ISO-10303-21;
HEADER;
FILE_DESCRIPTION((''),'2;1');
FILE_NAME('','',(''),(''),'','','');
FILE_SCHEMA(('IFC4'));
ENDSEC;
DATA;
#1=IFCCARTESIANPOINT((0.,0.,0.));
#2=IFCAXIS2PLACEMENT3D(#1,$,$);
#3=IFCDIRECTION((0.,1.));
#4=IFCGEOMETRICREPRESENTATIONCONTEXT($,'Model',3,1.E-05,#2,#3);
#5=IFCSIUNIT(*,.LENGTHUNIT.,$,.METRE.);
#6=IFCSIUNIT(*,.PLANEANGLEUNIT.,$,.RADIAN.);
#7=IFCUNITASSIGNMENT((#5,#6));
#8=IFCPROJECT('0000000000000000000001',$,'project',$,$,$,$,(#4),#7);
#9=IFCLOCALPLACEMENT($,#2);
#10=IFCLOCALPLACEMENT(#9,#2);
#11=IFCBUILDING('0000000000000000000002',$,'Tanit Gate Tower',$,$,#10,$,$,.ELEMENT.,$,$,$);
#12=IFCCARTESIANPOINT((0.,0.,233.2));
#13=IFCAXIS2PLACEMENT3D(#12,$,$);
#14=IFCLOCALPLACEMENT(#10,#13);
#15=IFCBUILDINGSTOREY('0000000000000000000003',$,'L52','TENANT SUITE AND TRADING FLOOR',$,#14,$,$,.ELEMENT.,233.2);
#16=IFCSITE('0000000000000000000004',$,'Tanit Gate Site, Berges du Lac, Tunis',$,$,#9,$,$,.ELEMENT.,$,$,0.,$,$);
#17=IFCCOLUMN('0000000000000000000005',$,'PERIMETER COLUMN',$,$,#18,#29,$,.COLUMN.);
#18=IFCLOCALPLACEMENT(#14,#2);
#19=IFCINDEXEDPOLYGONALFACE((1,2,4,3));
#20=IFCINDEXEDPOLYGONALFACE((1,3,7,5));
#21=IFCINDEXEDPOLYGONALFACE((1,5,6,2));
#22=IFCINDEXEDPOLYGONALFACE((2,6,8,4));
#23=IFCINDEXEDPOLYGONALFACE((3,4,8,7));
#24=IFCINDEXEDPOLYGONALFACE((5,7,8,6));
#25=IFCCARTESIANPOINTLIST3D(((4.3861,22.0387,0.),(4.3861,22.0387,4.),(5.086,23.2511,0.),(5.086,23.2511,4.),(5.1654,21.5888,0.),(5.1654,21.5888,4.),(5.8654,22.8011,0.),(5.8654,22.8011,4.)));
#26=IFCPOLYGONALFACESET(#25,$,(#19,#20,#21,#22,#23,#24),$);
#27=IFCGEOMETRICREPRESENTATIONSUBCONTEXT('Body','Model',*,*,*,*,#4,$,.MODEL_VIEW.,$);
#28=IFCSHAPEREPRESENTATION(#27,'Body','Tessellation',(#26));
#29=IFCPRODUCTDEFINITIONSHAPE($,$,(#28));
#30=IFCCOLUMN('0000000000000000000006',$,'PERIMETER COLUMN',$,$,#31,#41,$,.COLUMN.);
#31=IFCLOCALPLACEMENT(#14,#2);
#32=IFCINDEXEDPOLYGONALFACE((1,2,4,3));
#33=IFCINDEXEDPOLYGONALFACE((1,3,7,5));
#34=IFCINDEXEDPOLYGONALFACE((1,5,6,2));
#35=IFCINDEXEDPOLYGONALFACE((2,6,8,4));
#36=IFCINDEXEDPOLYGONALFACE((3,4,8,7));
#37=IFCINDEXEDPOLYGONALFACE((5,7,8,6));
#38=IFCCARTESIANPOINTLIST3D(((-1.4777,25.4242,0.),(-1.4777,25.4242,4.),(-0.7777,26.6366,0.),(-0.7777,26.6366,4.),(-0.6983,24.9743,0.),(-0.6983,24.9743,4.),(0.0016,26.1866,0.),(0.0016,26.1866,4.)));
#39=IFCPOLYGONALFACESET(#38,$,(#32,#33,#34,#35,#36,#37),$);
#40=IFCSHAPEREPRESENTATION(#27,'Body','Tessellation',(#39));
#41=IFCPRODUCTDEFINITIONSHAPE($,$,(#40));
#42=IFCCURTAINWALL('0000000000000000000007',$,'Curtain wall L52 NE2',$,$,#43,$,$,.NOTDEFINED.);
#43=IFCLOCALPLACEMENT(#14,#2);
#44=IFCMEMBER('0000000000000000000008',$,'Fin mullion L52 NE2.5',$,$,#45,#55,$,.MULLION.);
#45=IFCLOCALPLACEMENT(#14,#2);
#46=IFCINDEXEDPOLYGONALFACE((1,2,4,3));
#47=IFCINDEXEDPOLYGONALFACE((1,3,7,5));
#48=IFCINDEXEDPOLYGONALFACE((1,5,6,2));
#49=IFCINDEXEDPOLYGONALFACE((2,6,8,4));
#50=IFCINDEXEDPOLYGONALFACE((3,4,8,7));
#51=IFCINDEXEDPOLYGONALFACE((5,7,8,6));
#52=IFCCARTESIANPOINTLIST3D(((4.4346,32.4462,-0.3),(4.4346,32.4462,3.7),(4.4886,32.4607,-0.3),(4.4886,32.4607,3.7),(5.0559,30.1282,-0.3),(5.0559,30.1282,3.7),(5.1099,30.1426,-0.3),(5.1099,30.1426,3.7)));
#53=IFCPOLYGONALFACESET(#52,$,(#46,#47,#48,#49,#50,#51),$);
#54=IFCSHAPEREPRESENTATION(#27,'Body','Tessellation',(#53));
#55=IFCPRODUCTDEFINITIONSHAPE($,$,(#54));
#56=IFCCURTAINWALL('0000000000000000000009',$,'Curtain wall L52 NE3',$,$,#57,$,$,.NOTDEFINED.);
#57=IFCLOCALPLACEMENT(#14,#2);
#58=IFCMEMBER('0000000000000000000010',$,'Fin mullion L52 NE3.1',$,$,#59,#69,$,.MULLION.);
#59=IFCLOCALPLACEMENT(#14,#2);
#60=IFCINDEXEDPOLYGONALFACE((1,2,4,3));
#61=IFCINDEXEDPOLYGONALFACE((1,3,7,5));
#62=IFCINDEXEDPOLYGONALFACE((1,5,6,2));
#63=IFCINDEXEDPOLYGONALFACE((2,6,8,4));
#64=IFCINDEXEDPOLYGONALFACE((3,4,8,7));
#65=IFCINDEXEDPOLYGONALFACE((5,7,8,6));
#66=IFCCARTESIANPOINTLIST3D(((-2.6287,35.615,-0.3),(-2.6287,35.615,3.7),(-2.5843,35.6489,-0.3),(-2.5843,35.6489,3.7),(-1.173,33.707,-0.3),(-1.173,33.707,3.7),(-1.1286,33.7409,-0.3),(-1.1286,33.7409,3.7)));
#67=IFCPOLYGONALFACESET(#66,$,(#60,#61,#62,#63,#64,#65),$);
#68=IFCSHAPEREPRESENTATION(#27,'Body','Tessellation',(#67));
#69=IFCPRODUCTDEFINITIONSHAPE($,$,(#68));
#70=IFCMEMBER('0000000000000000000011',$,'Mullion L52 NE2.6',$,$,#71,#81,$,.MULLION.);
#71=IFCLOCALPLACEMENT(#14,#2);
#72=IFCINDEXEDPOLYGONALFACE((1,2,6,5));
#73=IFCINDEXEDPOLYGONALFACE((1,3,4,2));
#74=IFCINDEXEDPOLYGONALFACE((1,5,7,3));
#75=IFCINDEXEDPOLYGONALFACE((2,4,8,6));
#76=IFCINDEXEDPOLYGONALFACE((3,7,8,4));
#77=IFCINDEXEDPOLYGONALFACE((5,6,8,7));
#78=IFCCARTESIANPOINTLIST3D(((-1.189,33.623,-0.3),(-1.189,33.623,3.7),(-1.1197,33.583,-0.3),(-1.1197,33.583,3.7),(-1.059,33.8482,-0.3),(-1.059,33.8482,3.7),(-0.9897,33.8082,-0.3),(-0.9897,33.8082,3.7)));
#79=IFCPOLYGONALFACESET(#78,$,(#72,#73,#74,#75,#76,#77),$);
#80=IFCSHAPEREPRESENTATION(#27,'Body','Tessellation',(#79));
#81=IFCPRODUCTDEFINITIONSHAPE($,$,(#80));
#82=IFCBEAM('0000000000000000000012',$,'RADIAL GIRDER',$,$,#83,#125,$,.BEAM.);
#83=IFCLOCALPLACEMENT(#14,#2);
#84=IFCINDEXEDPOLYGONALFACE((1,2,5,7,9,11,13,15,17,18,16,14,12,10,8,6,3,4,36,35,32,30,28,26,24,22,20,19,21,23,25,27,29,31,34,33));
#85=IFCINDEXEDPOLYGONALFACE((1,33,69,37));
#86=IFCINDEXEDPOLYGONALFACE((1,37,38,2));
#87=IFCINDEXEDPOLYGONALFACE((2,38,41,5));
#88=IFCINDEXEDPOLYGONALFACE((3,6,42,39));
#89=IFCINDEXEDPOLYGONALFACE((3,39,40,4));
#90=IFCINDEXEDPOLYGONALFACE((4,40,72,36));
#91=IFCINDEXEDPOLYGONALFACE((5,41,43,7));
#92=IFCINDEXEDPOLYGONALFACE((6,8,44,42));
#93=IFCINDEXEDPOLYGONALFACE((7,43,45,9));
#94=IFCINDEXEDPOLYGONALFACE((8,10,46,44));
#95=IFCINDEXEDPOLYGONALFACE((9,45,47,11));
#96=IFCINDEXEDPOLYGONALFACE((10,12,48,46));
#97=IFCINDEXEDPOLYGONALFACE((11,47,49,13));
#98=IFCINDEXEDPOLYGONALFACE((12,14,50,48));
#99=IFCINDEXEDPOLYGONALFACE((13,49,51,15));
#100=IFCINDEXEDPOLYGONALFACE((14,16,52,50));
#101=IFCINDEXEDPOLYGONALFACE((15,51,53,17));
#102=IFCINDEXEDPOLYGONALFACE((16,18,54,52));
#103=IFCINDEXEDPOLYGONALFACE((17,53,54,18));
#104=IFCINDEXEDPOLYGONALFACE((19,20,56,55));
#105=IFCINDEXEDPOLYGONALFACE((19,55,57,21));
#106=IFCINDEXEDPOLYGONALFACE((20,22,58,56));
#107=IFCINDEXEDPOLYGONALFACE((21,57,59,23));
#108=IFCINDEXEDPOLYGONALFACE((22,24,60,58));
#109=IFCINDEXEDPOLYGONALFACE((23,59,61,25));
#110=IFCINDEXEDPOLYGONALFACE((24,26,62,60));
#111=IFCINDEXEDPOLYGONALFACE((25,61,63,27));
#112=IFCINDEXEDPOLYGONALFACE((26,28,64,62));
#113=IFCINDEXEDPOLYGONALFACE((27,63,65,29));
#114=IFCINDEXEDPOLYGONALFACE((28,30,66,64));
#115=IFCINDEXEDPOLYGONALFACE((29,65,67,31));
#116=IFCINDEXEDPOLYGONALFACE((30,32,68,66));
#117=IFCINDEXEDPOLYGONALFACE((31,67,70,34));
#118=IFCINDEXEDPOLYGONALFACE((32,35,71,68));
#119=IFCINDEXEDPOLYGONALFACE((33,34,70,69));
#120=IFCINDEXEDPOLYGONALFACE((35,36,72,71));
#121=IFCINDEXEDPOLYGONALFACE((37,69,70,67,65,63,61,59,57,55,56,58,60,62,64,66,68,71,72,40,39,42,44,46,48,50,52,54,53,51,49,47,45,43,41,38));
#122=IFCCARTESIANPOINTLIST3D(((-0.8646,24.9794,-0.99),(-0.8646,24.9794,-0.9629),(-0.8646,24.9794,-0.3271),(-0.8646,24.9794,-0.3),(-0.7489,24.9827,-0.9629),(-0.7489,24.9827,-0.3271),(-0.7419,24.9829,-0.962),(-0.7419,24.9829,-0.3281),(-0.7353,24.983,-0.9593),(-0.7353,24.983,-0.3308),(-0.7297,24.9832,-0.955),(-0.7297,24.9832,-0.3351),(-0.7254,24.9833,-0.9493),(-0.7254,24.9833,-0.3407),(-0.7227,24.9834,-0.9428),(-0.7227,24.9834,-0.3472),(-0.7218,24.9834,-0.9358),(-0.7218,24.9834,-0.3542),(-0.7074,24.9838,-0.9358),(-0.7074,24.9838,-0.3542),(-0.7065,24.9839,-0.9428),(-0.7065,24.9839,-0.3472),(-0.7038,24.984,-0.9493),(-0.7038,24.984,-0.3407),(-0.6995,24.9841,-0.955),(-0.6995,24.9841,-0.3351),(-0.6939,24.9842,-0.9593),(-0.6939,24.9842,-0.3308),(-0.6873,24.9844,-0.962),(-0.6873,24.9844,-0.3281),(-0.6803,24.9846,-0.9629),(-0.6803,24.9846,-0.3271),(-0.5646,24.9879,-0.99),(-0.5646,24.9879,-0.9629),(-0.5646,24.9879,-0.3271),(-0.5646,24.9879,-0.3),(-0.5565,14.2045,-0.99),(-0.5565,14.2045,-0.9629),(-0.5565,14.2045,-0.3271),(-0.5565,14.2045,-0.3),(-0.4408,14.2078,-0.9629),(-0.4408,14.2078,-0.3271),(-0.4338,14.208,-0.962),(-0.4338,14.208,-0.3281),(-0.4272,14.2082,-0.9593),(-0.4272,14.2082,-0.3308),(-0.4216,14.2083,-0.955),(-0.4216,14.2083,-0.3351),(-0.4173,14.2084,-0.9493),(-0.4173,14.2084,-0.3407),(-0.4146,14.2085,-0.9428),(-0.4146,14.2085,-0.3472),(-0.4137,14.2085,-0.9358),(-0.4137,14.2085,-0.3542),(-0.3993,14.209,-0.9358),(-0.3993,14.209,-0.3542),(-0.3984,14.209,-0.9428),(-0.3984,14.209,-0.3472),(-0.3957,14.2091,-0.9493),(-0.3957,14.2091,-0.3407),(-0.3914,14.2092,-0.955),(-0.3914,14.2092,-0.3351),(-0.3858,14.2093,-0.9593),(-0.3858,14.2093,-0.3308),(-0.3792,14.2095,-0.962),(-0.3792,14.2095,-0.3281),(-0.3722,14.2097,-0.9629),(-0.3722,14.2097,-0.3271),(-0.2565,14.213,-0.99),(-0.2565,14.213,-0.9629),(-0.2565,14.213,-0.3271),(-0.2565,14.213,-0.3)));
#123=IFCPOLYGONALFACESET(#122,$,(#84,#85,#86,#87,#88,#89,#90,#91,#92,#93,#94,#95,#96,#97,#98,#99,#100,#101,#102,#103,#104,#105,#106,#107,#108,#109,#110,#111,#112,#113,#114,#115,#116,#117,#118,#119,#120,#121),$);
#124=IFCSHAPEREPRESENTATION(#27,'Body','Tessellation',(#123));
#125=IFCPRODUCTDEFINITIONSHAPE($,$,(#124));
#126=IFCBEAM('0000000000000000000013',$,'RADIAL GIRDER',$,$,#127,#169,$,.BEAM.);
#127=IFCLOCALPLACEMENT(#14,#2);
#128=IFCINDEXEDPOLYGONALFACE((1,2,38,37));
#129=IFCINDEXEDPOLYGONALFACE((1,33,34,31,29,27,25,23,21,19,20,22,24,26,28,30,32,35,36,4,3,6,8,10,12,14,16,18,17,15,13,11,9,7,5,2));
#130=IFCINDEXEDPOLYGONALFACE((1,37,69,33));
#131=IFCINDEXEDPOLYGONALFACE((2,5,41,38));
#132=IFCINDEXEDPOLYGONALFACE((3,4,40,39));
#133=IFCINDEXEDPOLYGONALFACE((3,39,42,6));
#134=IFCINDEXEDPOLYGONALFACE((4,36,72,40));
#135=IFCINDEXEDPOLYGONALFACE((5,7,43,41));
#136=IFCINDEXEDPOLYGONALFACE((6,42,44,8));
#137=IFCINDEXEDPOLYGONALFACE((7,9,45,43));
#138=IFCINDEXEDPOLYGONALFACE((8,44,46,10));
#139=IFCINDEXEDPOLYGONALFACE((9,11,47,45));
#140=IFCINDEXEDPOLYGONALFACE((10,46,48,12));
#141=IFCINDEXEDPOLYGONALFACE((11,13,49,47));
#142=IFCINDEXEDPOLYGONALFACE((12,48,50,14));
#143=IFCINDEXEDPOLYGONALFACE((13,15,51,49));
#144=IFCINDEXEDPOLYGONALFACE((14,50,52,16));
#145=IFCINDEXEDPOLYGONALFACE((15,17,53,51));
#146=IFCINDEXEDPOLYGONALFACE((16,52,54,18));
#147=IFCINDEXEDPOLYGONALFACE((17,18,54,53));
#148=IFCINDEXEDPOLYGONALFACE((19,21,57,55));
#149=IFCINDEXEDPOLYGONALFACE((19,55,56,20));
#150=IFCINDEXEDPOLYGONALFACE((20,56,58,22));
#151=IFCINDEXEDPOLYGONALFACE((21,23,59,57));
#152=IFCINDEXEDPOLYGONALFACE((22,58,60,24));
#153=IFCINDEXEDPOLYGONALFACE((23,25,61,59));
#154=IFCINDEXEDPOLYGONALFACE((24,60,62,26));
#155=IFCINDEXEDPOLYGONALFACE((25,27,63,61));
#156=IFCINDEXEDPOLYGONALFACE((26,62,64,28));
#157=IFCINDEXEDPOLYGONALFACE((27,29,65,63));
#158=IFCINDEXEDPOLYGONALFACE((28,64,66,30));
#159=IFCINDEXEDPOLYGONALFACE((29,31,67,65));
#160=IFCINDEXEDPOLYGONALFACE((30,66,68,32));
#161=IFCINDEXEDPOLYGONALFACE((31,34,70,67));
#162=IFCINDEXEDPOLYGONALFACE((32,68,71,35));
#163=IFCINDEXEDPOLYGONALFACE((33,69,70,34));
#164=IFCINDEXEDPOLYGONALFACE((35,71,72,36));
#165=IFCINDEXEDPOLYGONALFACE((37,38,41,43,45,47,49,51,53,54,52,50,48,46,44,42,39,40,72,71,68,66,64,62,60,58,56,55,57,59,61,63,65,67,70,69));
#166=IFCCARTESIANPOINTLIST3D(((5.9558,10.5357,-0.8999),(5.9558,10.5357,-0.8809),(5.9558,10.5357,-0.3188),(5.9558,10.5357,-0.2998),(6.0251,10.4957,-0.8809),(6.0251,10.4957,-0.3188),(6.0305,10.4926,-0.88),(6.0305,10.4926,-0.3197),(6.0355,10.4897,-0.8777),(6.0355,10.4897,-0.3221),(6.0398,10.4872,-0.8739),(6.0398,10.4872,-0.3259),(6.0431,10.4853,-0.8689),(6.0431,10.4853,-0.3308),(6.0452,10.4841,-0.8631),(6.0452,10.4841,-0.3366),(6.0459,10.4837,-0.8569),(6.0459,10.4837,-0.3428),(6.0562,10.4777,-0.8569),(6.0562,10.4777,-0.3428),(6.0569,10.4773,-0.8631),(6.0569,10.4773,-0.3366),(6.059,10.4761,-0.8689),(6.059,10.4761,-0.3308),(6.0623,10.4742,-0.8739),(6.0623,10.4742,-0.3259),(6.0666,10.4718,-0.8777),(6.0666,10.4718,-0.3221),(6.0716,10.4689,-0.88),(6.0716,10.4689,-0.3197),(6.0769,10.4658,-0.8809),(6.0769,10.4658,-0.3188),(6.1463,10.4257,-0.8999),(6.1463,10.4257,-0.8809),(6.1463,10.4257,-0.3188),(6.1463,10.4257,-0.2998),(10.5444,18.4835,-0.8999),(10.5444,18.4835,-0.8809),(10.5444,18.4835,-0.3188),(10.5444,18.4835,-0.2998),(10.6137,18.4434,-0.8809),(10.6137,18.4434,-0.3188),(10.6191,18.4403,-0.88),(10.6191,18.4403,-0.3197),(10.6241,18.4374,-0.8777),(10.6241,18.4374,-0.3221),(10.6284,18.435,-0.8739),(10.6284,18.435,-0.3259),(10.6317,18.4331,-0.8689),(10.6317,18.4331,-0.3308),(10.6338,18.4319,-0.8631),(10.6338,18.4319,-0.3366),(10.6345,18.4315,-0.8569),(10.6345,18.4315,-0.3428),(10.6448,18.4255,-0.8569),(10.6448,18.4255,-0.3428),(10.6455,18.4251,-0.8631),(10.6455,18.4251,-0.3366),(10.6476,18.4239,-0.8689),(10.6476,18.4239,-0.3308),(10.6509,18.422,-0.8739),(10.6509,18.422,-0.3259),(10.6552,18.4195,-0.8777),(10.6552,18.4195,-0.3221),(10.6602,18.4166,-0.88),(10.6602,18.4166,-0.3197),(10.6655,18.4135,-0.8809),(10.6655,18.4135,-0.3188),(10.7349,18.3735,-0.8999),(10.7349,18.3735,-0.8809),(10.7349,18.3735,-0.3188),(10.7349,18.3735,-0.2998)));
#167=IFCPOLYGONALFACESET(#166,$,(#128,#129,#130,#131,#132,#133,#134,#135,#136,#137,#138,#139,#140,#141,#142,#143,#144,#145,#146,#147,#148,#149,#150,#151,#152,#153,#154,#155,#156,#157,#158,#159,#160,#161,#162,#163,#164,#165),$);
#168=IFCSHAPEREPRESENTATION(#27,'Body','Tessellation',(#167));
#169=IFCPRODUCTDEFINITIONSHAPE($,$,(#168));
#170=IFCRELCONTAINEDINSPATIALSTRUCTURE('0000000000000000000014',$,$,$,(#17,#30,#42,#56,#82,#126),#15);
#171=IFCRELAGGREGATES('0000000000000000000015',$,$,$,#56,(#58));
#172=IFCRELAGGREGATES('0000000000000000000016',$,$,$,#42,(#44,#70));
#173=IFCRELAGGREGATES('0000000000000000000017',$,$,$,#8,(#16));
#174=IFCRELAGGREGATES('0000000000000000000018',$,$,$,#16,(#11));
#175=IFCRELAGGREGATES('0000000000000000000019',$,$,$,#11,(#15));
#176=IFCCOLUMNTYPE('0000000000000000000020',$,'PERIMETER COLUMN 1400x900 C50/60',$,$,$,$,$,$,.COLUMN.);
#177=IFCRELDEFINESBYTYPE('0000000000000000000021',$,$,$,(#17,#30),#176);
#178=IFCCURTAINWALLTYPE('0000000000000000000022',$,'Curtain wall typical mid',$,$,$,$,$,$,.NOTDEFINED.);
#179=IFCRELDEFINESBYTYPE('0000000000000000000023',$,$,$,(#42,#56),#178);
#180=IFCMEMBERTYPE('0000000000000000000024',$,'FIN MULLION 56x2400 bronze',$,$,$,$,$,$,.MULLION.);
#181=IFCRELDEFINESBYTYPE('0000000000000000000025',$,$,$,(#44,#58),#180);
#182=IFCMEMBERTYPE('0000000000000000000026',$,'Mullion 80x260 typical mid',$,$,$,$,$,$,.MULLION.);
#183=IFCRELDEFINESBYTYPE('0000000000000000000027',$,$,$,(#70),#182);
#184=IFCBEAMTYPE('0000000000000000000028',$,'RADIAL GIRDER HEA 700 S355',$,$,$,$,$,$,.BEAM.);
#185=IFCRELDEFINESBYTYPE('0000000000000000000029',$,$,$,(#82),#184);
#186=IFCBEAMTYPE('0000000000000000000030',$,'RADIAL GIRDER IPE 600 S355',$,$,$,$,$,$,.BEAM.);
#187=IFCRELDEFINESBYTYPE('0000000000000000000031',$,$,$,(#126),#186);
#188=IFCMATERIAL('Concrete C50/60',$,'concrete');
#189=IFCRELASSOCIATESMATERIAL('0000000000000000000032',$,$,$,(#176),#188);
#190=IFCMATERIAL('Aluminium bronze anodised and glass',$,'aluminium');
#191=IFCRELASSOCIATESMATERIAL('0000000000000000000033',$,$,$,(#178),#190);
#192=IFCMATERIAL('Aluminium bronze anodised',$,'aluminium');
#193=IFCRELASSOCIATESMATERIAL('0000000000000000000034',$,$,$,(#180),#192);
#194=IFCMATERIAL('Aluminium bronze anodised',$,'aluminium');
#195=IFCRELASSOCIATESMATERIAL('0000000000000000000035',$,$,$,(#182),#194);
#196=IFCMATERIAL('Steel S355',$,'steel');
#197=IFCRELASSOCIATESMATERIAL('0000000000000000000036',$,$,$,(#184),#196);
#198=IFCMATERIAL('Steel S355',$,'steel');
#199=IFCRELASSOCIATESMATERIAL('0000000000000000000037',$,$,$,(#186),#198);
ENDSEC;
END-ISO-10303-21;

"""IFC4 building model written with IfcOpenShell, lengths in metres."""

from ifc_helpers import new_model, si_unit, direction, frame, origin, origin_2d, place, context, subcontext, project, spatial, rectangle, i_section, extrude, material, material_profile, profile_set, type_object, element, aggregate, save


model = new_model("IFC4")

# Units and contexts
model_context = context("Model", 3, precision=1e-05, world=origin(), true_north=direction((0.0, 1.0)))
body_context = subcontext(model_context, "Body", "Model", "MODEL_VIEW")
ifc_project = project(units=[si_unit("LENGTHUNIT", "METRE"), si_unit("PLANEANGLEUNIT", "RADIAN")], contexts=[model_context])

# Site, building, storey
site_placement = place(None, origin())
site = spatial("IfcSite", under=ifc_project, at=site_placement, Name="Tanit Gate Site, Berges du Lac, Tunis", CompositionType="ELEMENT", RefElevation=0.0)
building_placement = place(site_placement, origin())
building = spatial("IfcBuilding", under=site, at=building_placement, Name="Tanit Gate Tower", CompositionType="ELEMENT")
storey_placement = place(building_placement, frame((0.0, 0.0, 233.2)))
storey = spatial("IfcBuildingStorey", under=building, at=storey_placement, Name="L52", Description="TENANT SUITE AND TRADING FLOOR", CompositionType="ELEMENT", Elevation=233.2)

# Columns
ifc_material_1 = material(Name="Concrete C50/60", Category="concrete")
ifc_material_profile_1 = material_profile(ifc_material_1, rectangle(XDim=1.3999, YDim=0.8999, at=origin_2d()), Name="RC 1400x900")
ifc_profile_set_1 = profile_set([ifc_material_profile_1], Name="Concrete C50/60")
column_type = type_object("IfcColumnType", Name="PERIMETER COLUMN 1400x900 C50/60", PredefinedType="COLUMN", material=ifc_profile_set_1)
for number, where, z_axis, x_axis, name in (
    (1, (5.1257, 22.4199, 0.0), (0.0, 0.0, 1.0), (0.5, 0.866025, 0.0), "PERIMETER COLUMN"),
    (2, (-0.738, 25.8054, 0.0), (0.0, 0.0, 1.0), (0.5, 0.866025, 0.0), "PERIMETER COLUMN"),
):
    element("IfcColumn", number, at=place(storey_placement, frame(where, z_axis=z_axis, x_axis=x_axis)), inside=storey, type_object=column_type, Name=name, PredefinedType="COLUMN", context=body_context, shape_type="SweptSolid", body=[
        extrude(rectangle(XDim=1.3999, YDim=0.8999, at=origin_2d()), origin(), (0.0, 0.0, 1.0), 4.0),
    ])

# Curtain walls, members
ifc_material_2 = material(Name="Aluminium bronze anodised and glass", Category="aluminium")
curtain_wall_type = type_object("IfcCurtainWallType", Name="Curtain wall typical mid", PredefinedType="NOTDEFINED", material=ifc_material_2)
curtain_wall_1_placement = place(storey_placement, origin())
curtain_wall_1 = element("IfcCurtainWall", 3, at=curtain_wall_1_placement, inside=storey, type_object=curtain_wall_type, Name="Curtain wall L52 NE2", PredefinedType="NOTDEFINED")
ifc_material_3 = material(Name="Aluminium bronze anodised", Category="aluminium")
ifc_material_profile_2 = material_profile(ifc_material_3, rectangle(XDim=2.3999, YDim=0.0559, at=origin_2d()), Name="56x2400 bronze fin mullion")
ifc_profile_set_2 = profile_set([ifc_material_profile_2], Name="Aluminium bronze anodised")
member_type_1 = type_object("IfcMemberType", Name="FIN MULLION 56x2400 bronze", PredefinedType="MULLION", material=ifc_profile_set_2)
member_1_placement = place(storey_placement, frame((4.7722, 31.2944, -0.3), z_axis=(0.0, 0.0, 1.0), x_axis=(0.258886, -0.965908, 0.0)))
member_1 = element("IfcMember", 4, at=member_1_placement, type_object=member_type_1, Name="Fin mullion L52 NE2.5", PredefinedType="MULLION", context=body_context, shape_type="SweptSolid", body=[
    extrude(rectangle(XDim=2.3999, YDim=0.0559, at=origin_2d()), origin(), (0.0, 0.0, 1.0), 4.0),
])
curtain_wall_2_placement = place(storey_placement, origin())
curtain_wall_2 = element("IfcCurtainWall", 5, at=curtain_wall_2_placement, inside=storey, type_object=curtain_wall_type, Name="Curtain wall L52 NE3", PredefinedType="NOTDEFINED")
member_2_placement = place(storey_placement, frame((-1.8787, 34.678, -0.3), z_axis=(0.0, 0.0, 1.0), x_axis=(0.606564, -0.795035, 0.0)))
member_2 = element("IfcMember", 6, at=member_2_placement, type_object=member_type_1, Name="Fin mullion L52 NE3.1", PredefinedType="MULLION", context=body_context, shape_type="SweptSolid", body=[
    extrude(rectangle(XDim=2.3999, YDim=0.0559, at=origin_2d()), origin(), (0.0, 0.0, 1.0), 4.0),
])

# Member
ifc_material_4 = material(Name="Aluminium bronze anodised", Category="aluminium")
ifc_material_profile_3 = material_profile(ifc_material_4, rectangle(XDim=0.26, YDim=0.0801, at=origin_2d()), Name="80x260 bronze mullion")
ifc_profile_set_3 = profile_set([ifc_material_profile_3], Name="Aluminium bronze anodised")
member_type_2 = type_object("IfcMemberType", Name="Mullion 80x260 typical mid", PredefinedType="MULLION", material=ifc_profile_set_3)
member_3_placement = place(storey_placement, frame((-1.0894, 33.7156, -0.3), z_axis=(0.0, 0.0, 1.0), x_axis=(-0.49994, -0.86606, 0.0)))
member_3 = element("IfcMember", 7, at=member_3_placement, type_object=member_type_2, Name="Mullion L52 NE2.6", PredefinedType="MULLION", context=body_context, shape_type="SweptSolid", body=[
    extrude(rectangle(XDim=0.26, YDim=0.0801, at=origin_2d()), origin(), (0.0, 0.0, 1.0), 4.0),
])

# Beams
ifc_material_5 = material(Name="Steel S355", Category="steel")
ifc_material_profile_4 = material_profile(ifc_material_5, i_section(OverallWidth=0.3, OverallDepth=0.6899, WebThickness=0.0144, FlangeThickness=0.0271, FilletRadius=0.0271, at=origin_2d()), Name="HEA 700")
ifc_profile_set_4 = profile_set([ifc_material_profile_4], Name="Steel S355")
beam_type_1 = type_object("IfcBeamType", Name="RADIAL GIRDER HEA 700 S355", PredefinedType="BEAM", material=ifc_profile_set_4)
beam_1_placement = place(storey_placement, frame((-0.7146, 24.9836, -0.645), z_axis=(0.028583, -0.999591, 0.0), x_axis=(0.999591, 0.028583, 0.0)))
element("IfcBeam", 8, at=beam_1_placement, inside=storey, type_object=beam_type_1, Name="RADIAL GIRDER", PredefinedType="BEAM", context=body_context, shape_type="SweptSolid", body=[
    extrude(i_section(OverallWidth=0.3, OverallDepth=0.6899, WebThickness=0.0144, FlangeThickness=0.0271, FilletRadius=0.0271, at=origin_2d()), origin(), (0.0, 0.0, 1.0), 10.7793),
])
ifc_material_6 = material(Name="Steel S355", Category="steel")
ifc_material_profile_5 = material_profile(ifc_material_6, i_section(OverallWidth=0.22, OverallDepth=0.6001, WebThickness=0.012, FlangeThickness=0.019, FilletRadius=0.0239, at=origin_2d()), Name="IPE 600")
ifc_profile_set_5 = profile_set([ifc_material_profile_5], Name="Steel S355")
beam_type_2 = type_object("IfcBeamType", Name="RADIAL GIRDER IPE 600 S355", PredefinedType="BEAM", material=ifc_profile_set_5)
beam_2_placement = place(storey_placement, frame((10.6396, 18.4285, -0.5999), z_axis=(-0.499999, -0.866026, 0.0), x_axis=(0.866026, -0.499999, 0.0)))
element("IfcBeam", 9, at=beam_2_placement, inside=storey, type_object=beam_type_2, Name="RADIAL GIRDER", PredefinedType="BEAM", context=body_context, shape_type="SweptSolid", body=[
    extrude(i_section(OverallWidth=0.22, OverallDepth=0.6001, WebThickness=0.012, FlangeThickness=0.019, FilletRadius=0.0239, at=origin_2d()), origin(), (0.0, 0.0, 1.0), 9.1772),
])

aggregate(curtain_wall_2, [member_2])

aggregate(curtain_wall_1, [member_1, member_3])

save(model, "model.ifc")
